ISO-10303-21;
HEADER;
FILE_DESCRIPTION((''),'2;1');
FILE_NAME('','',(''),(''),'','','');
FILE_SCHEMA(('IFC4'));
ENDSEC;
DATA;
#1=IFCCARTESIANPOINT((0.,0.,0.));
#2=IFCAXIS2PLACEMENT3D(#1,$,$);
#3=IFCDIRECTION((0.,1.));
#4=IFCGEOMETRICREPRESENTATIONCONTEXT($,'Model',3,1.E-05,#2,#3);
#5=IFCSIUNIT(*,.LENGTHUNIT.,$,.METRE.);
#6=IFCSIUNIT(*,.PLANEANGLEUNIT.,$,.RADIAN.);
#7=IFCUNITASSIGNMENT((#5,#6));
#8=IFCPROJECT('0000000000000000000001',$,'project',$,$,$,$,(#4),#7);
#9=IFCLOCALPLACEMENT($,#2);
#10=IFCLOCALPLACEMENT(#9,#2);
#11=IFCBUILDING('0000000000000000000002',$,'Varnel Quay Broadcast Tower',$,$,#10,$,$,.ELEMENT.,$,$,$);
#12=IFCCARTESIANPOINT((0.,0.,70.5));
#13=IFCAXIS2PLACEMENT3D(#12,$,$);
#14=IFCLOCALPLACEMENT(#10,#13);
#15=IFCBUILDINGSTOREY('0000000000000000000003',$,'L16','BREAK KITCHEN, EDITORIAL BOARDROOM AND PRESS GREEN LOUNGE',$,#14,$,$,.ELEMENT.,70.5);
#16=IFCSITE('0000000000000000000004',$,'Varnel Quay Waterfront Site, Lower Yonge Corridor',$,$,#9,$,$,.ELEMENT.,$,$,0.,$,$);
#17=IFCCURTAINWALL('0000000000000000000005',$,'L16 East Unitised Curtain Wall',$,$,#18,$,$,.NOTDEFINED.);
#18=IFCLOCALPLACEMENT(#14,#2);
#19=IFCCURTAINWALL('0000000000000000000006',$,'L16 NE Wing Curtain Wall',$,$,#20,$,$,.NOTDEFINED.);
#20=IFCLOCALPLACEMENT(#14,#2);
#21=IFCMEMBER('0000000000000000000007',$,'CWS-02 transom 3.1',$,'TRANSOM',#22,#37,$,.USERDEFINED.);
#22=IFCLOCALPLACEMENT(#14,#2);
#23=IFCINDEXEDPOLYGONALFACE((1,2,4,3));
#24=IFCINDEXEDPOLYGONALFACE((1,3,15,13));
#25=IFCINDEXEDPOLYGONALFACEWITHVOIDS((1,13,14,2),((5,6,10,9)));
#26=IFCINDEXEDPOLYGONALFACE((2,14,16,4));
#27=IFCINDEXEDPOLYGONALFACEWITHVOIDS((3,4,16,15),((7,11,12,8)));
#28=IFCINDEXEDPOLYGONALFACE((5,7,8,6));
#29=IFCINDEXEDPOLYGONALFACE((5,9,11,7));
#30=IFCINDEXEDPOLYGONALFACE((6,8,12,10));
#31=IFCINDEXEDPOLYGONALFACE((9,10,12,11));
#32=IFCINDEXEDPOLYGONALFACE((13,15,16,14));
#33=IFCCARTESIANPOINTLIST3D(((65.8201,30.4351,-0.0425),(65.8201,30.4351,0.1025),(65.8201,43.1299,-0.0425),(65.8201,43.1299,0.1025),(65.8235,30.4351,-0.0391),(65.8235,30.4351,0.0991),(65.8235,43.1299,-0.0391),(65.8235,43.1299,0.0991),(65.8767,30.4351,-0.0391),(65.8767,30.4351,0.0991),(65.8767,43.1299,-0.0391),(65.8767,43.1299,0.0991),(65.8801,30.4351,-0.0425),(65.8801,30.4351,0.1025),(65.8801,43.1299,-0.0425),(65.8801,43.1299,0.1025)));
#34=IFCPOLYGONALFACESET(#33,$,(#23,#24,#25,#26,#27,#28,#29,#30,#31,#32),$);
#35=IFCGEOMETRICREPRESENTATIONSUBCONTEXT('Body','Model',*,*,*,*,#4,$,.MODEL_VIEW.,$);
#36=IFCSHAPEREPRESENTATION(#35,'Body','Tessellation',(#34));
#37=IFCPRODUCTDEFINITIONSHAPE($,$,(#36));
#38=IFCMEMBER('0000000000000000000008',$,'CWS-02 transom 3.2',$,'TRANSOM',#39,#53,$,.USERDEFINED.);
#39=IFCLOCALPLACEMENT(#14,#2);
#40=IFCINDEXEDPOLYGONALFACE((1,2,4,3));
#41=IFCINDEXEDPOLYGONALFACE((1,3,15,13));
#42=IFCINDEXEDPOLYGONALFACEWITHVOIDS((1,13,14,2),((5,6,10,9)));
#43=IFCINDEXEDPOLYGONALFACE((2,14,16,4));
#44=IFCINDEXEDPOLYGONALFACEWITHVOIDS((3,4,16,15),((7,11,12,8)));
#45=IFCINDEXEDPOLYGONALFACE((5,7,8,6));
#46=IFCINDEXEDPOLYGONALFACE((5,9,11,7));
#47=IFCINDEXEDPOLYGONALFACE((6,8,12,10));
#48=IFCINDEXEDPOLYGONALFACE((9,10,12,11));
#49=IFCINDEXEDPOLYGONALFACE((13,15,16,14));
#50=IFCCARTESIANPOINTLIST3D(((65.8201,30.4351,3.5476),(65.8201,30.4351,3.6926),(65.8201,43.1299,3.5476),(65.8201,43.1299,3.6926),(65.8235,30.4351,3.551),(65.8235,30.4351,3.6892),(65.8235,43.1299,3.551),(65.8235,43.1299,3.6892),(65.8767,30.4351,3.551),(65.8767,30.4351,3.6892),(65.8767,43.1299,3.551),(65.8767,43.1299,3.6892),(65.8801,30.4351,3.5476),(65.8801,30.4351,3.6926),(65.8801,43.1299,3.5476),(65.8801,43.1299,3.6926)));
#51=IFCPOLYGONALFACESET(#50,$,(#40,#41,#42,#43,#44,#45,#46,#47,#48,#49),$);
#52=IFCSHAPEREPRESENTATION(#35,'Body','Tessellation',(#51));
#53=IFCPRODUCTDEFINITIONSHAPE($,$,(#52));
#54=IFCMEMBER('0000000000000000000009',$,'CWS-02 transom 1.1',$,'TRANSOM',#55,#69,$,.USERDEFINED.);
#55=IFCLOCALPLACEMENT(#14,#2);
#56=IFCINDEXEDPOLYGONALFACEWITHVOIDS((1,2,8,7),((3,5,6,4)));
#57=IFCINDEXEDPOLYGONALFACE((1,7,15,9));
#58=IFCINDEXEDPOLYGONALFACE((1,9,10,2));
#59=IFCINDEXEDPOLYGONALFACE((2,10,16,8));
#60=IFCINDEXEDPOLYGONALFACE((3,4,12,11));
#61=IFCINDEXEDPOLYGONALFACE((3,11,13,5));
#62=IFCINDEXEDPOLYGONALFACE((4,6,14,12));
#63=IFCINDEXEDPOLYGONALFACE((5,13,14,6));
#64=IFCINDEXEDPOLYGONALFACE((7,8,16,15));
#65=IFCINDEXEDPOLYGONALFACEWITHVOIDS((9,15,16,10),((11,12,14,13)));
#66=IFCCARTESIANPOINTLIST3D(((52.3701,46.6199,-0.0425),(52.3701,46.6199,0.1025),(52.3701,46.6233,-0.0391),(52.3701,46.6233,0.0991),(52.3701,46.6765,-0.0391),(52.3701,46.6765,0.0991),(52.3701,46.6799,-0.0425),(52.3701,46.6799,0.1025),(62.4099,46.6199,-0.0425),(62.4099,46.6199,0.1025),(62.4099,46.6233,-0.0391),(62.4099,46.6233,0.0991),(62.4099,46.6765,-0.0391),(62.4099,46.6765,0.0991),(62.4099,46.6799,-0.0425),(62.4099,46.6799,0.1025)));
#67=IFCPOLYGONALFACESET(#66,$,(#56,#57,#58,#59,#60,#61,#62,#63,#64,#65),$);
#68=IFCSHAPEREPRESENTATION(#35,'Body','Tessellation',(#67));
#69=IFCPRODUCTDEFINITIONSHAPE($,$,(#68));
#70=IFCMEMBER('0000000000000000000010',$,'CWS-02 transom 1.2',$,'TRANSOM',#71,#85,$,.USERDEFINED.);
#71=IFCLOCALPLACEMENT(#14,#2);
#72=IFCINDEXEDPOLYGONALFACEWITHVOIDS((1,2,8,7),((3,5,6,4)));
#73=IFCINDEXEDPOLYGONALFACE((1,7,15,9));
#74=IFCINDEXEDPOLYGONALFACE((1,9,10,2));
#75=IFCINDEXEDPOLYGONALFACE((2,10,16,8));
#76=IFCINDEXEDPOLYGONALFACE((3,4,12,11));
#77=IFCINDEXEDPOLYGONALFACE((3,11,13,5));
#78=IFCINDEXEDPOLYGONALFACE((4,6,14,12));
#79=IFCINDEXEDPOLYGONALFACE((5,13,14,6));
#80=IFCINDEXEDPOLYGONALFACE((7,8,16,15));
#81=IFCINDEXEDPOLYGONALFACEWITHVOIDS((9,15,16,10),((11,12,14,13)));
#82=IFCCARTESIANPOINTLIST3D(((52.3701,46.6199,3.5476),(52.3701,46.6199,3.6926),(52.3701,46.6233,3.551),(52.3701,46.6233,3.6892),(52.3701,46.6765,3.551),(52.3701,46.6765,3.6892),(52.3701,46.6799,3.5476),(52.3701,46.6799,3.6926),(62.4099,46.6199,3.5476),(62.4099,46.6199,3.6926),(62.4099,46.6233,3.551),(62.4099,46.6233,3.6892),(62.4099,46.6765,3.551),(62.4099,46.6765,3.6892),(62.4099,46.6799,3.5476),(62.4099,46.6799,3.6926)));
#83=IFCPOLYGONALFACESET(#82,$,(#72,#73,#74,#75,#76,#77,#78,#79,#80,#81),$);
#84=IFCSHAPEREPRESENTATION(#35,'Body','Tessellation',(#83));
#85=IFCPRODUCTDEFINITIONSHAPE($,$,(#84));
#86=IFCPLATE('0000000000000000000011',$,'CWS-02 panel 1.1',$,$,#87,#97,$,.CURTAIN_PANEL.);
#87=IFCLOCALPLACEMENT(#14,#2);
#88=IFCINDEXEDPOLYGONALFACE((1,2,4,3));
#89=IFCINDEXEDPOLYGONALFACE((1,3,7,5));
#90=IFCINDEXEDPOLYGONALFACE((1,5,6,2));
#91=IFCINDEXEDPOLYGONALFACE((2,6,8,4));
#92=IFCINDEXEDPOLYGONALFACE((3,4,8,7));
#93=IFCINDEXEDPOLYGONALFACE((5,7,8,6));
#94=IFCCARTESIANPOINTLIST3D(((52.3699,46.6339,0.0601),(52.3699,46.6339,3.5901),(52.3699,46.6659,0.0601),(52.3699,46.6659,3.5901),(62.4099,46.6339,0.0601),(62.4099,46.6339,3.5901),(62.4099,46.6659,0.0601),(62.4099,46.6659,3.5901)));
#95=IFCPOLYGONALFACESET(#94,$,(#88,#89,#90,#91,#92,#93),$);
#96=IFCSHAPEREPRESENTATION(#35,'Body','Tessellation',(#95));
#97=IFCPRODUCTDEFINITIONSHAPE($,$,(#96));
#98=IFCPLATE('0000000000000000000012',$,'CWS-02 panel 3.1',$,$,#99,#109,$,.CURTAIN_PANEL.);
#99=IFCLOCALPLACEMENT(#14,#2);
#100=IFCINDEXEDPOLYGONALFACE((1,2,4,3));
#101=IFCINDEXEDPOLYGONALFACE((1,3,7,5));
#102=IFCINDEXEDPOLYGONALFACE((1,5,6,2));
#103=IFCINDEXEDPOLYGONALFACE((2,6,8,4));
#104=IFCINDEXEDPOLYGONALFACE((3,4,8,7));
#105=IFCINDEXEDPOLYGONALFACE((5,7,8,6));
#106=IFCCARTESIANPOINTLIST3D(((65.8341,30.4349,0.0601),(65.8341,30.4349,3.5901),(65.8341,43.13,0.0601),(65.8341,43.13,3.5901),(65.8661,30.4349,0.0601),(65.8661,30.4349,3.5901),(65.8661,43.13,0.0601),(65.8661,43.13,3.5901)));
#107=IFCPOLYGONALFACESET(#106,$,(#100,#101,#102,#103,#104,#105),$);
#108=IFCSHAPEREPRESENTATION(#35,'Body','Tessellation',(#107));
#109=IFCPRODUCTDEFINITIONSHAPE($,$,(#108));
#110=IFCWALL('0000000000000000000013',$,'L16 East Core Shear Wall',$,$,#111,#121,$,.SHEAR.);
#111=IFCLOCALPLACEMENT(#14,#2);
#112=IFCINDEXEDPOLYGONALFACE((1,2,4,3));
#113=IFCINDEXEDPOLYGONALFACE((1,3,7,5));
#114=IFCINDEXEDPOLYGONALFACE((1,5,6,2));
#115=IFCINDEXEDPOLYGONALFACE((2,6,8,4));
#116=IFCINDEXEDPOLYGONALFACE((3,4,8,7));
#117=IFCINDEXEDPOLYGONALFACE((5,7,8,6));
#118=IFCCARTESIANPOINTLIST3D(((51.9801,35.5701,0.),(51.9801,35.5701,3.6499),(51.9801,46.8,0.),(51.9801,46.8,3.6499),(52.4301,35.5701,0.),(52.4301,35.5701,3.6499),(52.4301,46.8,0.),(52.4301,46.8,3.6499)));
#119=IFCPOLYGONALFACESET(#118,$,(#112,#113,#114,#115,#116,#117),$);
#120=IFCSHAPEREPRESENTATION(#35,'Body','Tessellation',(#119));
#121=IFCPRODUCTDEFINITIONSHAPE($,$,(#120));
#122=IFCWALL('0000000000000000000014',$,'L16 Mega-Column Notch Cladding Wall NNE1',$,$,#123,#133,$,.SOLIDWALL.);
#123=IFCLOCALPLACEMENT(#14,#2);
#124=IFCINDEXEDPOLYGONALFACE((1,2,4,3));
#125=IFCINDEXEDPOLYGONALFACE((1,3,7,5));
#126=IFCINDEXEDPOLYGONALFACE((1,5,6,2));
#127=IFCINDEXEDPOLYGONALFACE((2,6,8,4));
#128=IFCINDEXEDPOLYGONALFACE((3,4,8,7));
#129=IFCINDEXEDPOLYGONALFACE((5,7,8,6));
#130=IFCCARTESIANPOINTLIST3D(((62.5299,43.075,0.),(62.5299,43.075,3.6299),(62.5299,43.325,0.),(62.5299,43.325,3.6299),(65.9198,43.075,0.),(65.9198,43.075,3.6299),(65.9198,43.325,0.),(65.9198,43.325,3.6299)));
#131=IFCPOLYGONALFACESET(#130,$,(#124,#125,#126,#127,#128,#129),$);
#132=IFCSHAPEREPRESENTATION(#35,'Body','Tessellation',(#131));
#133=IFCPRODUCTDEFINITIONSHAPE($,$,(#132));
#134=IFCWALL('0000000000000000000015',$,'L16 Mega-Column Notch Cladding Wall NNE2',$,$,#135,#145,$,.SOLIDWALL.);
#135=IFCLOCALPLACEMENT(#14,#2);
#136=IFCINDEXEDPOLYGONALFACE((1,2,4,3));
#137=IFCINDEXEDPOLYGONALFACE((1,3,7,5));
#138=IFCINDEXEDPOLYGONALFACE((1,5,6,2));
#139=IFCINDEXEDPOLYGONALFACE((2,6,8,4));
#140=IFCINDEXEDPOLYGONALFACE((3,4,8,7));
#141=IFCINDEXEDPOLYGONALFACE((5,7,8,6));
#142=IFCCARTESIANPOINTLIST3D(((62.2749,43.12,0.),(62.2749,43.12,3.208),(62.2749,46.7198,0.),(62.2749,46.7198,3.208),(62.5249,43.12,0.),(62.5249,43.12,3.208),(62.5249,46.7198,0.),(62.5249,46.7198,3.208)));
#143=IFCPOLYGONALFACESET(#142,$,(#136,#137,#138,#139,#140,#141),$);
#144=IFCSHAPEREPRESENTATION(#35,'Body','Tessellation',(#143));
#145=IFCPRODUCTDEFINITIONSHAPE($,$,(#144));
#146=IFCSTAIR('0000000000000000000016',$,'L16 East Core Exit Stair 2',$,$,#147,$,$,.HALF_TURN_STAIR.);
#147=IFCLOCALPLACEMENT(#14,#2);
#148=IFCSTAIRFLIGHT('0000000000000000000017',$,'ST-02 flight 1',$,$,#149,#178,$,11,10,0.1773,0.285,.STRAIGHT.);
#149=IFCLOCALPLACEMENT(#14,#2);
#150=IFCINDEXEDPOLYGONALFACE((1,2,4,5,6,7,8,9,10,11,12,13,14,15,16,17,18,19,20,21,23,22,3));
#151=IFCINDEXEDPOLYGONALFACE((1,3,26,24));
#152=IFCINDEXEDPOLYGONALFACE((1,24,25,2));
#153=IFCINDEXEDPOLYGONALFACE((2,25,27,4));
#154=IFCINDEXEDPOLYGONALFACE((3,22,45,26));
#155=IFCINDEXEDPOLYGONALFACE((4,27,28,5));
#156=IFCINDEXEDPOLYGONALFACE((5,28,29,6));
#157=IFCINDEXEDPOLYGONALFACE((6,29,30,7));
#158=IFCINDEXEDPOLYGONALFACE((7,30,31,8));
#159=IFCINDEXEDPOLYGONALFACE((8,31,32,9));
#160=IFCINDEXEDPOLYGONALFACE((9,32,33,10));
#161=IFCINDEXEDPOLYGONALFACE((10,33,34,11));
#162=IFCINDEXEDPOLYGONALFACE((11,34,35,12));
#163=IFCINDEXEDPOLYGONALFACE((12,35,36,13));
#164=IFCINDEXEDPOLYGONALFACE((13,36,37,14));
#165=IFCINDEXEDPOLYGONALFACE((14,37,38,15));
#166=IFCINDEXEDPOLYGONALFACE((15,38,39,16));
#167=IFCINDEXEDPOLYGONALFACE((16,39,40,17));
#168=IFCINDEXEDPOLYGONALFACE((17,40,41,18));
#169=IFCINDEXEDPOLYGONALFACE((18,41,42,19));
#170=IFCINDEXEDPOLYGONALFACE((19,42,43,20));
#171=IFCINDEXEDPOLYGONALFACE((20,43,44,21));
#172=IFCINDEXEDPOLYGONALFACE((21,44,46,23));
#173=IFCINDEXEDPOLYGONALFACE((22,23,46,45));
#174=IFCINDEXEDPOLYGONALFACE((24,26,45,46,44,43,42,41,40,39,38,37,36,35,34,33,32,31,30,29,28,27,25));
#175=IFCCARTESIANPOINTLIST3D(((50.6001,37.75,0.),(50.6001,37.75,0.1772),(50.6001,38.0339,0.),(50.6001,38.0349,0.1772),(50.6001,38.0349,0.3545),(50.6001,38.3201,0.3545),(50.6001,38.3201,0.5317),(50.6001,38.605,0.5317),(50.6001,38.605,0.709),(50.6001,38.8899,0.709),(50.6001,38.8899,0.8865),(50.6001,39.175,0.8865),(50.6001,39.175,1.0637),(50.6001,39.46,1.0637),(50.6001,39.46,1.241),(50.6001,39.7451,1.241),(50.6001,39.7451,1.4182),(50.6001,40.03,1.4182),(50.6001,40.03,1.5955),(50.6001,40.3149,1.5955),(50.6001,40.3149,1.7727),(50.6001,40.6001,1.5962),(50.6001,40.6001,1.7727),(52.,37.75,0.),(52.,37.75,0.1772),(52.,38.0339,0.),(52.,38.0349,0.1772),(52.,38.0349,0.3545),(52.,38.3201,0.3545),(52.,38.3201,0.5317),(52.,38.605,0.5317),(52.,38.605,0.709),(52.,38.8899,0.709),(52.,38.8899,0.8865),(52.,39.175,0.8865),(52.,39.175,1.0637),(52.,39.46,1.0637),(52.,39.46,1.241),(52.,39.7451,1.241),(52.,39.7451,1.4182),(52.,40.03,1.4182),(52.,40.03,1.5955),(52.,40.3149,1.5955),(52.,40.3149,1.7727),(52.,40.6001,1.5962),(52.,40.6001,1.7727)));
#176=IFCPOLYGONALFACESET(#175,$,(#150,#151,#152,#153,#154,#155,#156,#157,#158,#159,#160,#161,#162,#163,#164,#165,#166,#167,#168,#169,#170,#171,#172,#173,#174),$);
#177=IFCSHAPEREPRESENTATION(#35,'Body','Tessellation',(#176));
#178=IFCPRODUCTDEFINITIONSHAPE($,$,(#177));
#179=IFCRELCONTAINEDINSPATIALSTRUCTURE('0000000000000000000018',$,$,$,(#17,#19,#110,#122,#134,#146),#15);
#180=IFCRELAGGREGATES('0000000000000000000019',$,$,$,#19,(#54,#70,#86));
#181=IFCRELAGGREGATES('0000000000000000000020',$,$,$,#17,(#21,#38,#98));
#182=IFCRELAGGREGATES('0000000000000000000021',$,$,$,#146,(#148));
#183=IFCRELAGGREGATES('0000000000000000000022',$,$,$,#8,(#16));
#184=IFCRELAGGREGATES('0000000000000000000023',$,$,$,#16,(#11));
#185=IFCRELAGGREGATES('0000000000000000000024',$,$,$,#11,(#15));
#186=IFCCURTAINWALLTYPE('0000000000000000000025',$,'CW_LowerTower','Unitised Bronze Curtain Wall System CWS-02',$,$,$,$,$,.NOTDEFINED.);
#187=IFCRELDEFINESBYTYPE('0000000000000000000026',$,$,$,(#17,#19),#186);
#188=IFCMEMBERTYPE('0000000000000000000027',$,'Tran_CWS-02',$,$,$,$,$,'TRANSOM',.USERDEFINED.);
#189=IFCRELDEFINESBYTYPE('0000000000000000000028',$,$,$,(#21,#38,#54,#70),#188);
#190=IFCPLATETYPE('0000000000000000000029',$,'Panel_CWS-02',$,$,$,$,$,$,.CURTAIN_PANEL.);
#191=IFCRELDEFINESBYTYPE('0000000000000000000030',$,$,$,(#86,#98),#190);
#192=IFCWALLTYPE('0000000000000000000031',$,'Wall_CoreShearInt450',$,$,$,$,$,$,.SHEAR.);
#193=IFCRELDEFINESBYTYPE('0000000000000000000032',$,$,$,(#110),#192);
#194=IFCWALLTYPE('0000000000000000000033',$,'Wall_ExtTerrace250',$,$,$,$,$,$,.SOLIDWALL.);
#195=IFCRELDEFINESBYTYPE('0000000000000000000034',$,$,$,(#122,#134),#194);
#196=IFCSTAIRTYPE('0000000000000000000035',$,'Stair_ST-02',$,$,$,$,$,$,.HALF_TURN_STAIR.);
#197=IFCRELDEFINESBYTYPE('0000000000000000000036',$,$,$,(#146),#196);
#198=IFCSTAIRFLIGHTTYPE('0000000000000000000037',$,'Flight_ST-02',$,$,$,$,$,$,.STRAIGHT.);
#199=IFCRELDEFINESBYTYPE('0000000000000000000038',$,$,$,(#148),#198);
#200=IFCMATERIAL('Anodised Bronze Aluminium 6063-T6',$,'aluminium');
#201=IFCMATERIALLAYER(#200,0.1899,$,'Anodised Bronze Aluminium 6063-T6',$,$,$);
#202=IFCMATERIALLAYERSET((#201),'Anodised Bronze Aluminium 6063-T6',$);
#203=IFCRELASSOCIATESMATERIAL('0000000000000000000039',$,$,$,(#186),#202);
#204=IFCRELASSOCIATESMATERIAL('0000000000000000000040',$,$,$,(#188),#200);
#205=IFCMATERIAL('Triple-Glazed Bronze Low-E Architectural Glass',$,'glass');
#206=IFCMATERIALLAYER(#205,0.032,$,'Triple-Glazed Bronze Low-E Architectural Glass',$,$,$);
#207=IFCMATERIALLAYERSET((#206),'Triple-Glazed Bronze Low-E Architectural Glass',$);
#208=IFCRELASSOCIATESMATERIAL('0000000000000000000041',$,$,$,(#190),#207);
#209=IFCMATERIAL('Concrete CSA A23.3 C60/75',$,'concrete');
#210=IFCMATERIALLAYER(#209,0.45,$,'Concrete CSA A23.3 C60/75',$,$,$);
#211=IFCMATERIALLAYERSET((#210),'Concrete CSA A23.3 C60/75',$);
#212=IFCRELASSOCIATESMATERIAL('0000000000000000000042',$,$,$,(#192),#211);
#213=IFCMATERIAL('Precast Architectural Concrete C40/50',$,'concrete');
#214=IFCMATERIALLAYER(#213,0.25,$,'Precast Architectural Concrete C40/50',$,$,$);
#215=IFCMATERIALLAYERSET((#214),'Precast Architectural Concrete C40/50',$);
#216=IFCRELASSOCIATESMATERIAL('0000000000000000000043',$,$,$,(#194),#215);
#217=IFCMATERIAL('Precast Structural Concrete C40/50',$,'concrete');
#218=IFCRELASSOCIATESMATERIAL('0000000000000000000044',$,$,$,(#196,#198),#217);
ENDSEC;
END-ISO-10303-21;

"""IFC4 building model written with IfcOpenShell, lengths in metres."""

from ifc_helpers import new_model, si_unit, direction, frame, frame_2d, origin, origin_2d, place, context, subcontext, project, spatial, polyline, rectangle, hollow_rectangle, outline, extrude, source, transform, mapped, material, layer, layer_set, material_profile, profile_set, type_object, type_shapes, element, aggregate, save


model = new_model("IFC4")

# Units and contexts
model_context = context("Model", 3, precision=1e-05, world=origin(), true_north=direction((0.0, 1.0)))
body_context = subcontext(model_context, "Body", "Model", "MODEL_VIEW")
ifc_project = project(units=[si_unit("LENGTHUNIT", "METRE"), si_unit("PLANEANGLEUNIT", "RADIAN")], contexts=[model_context])

# Site, building, storey
site_placement = place(None, origin())
site = spatial("IfcSite", under=ifc_project, at=site_placement, Name="Varnel Quay Waterfront Site, Lower Yonge Corridor", CompositionType="ELEMENT", RefElevation=0.0)
building_placement = place(site_placement, origin())
building = spatial("IfcBuilding", under=site, at=building_placement, Name="Varnel Quay Broadcast Tower", CompositionType="ELEMENT")
storey_placement = place(building_placement, frame((0.0, 0.0, 70.5)))
storey = spatial("IfcBuildingStorey", under=building, at=storey_placement, Name="L16", Description="BREAK KITCHEN, EDITORIAL BOARDROOM AND PRESS GREEN LOUNGE", CompositionType="ELEMENT", Elevation=70.5)

# Curtain walls
ifc_material_1 = material(Name="Anodised Bronze Aluminium 6063-T6", Category="aluminium")
ifc_layer_1 = layer(ifc_material_1, 0.1899, Name="Anodised Bronze Aluminium 6063-T6")
ifc_layer_set_1 = layer_set([ifc_layer_1], Name="Anodised Bronze Aluminium 6063-T6")
curtain_wall_type = type_object("IfcCurtainWallType", Name="CW_LowerTower", Description="Unitised Bronze Curtain Wall System CWS-02", PredefinedType="NOTDEFINED", material=ifc_layer_set_1)
curtain_wall_1_placement = place(storey_placement, origin())
curtain_wall_1 = element("IfcCurtainWall", 1, at=curtain_wall_1_placement, inside=storey, type_object=curtain_wall_type, Name="L16 East Unitised Curtain Wall", PredefinedType="NOTDEFINED")
curtain_wall_2_placement = place(storey_placement, origin())
curtain_wall_2 = element("IfcCurtainWall", 2, at=curtain_wall_2_placement, inside=storey, type_object=curtain_wall_type, Name="L16 NE Wing Curtain Wall", PredefinedType="NOTDEFINED")

# Members
ifc_material_profile_1 = material_profile(ifc_material_1, hollow_rectangle(XDim=0.0601, YDim=0.145, WallThickness=0.0034, at=origin_2d()), Name="ALU60X145X3.5")
ifc_profile_set_1 = profile_set([ifc_material_profile_1], Name="Anodised Bronze Aluminium 6063-T6")
member_type_1 = type_object("IfcMemberType", Name="Tran_CWS-02", ElementType="TRANSOM", PredefinedType="USERDEFINED", material=ifc_profile_set_1)
shared_shape_1 = source(origin(), body_context, "Body", "SweptSolid", [
    extrude(hollow_rectangle(XDim=0.0601, YDim=0.145, WallThickness=0.0034, at=origin_2d()), origin(), (0.0, 0.0, 1.0), 12.6948),
])
member_1_placement = place(storey_placement, frame((65.8501, 30.4351, 0.03), z_axis=(0.0, 1.0, 0.0), x_axis=(-1.0, 0.0, 0.0)))
member_1 = element("IfcMember", 3, at=member_1_placement, type_object=member_type_1, Name="CWS-02 transom 3.1", ObjectType="TRANSOM", PredefinedType="USERDEFINED", context=body_context, shape_type="MappedRepresentation", body=[
    mapped(shared_shape_1, transform((0.0, 0.0, 0.0), x_axis=(1.0, 0.0, 0.0), y_axis=(0.0, 1.0, 0.0), z_axis=(0.0, 0.0, 1.0), scale=1.0)),
])
member_2_placement = place(storey_placement, frame((65.8501, 30.4351, 3.6201), z_axis=(0.0, 1.0, 0.0), x_axis=(-1.0, 0.0, 0.0)))
member_2 = element("IfcMember", 4, at=member_2_placement, type_object=member_type_1, Name="CWS-02 transom 3.2", ObjectType="TRANSOM", PredefinedType="USERDEFINED", context=body_context, shape_type="MappedRepresentation", body=[
    mapped(shared_shape_1, transform((0.0, 0.0, 0.0), x_axis=(1.0, 0.0, 0.0), y_axis=(0.0, 1.0, 0.0), z_axis=(0.0, 0.0, 1.0), scale=1.0)),
])
shared_shape_2 = source(origin(), body_context, "Body", "SweptSolid", [
    extrude(hollow_rectangle(XDim=0.0601, YDim=0.145, WallThickness=0.0034, at=origin_2d()), origin(), (0.0, 0.0, 1.0), 10.0398),
])
type_shapes(member_type_1, [shared_shape_1, shared_shape_2])
member_3_placement = place(storey_placement, frame((52.3701, 46.6499, 0.03), z_axis=(1.0, 0.0, 0.0), x_axis=(0.0, 1.0, 0.0)))
member_3 = element("IfcMember", 5, at=member_3_placement, type_object=member_type_1, Name="CWS-02 transom 1.1", ObjectType="TRANSOM", PredefinedType="USERDEFINED", context=body_context, shape_type="MappedRepresentation", body=[
    mapped(shared_shape_2, transform((0.0, 0.0, 0.0), x_axis=(1.0, 0.0, 0.0), y_axis=(0.0, 1.0, 0.0), z_axis=(0.0, 0.0, 1.0), scale=1.0)),
])
member_4_placement = place(storey_placement, frame((52.3701, 46.6499, 3.6201), z_axis=(1.0, 0.0, 0.0), x_axis=(0.0, 1.0, 0.0)))
member_4 = element("IfcMember", 6, at=member_4_placement, type_object=member_type_1, Name="CWS-02 transom 1.2", ObjectType="TRANSOM", PredefinedType="USERDEFINED", context=body_context, shape_type="MappedRepresentation", body=[
    mapped(shared_shape_2, transform((0.0, 0.0, 0.0), x_axis=(1.0, 0.0, 0.0), y_axis=(0.0, 1.0, 0.0), z_axis=(0.0, 0.0, 1.0), scale=1.0)),
])

# Plates
ifc_material_2 = material(Name="Triple-Glazed Bronze Low-E Architectural Glass", Category="glass")
ifc_layer_2 = layer(ifc_material_2, 0.032, Name="Triple-Glazed Bronze Low-E Architectural Glass")
ifc_layer_set_2 = layer_set([ifc_layer_2], Name="Triple-Glazed Bronze Low-E Architectural Glass")
plate_type = type_object("IfcPlateType", Name="Panel_CWS-02", PredefinedType="CURTAIN_PANEL", material=ifc_layer_set_2)
shared_shape_3 = source(origin(), body_context, "Body", "SweptSolid", [
    extrude(rectangle(XDim=10.04, YDim=0.032, at=origin_2d()), origin(), (0.0, 0.0, 1.0), 3.53),
])
plate_1_placement = place(storey_placement, frame((57.3899, 46.6499, 0.0601), z_axis=(0.0, 0.0, 1.0), x_axis=(1.0, 0.0, 0.0)))
plate_1 = element("IfcPlate", 7, at=plate_1_placement, type_object=plate_type, Name="CWS-02 panel 1.1", PredefinedType="CURTAIN_PANEL", context=body_context, shape_type="MappedRepresentation", body=[
    mapped(shared_shape_3, transform((0.0, 0.0, 0.0), x_axis=(1.0, 0.0, 0.0), y_axis=(0.0, 1.0, 0.0), z_axis=(0.0, 0.0, 1.0), scale=1.0)),
])
aggregate(curtain_wall_2, [member_3, member_4, plate_1])
shared_shape_4 = source(origin(), body_context, "Body", "SweptSolid", [
    extrude(rectangle(XDim=12.6951, YDim=0.032, at=origin_2d()), origin(), (0.0, 0.0, 1.0), 3.53),
])
type_shapes(plate_type, [shared_shape_3, shared_shape_4])
plate_2_placement = place(storey_placement, frame((65.8501, 36.7825, 0.0601), z_axis=(0.0, 0.0, 1.0), x_axis=(0.0, 1.0, 0.0)))
plate_2 = element("IfcPlate", 8, at=plate_2_placement, type_object=plate_type, Name="CWS-02 panel 3.1", PredefinedType="CURTAIN_PANEL", context=body_context, shape_type="MappedRepresentation", body=[
    mapped(shared_shape_4, transform((0.0, 0.0, 0.0), x_axis=(1.0, 0.0, 0.0), y_axis=(0.0, 1.0, 0.0), z_axis=(0.0, 0.0, 1.0), scale=1.0)),
])
aggregate(curtain_wall_1, [member_1, member_2, plate_2])

# Walls
ifc_material_3 = material(Name="Concrete CSA A23.3 C60/75", Category="concrete")
ifc_layer_3 = layer(ifc_material_3, 0.45, Name="Concrete CSA A23.3 C60/75")
ifc_layer_set_3 = layer_set([ifc_layer_3], Name="Concrete CSA A23.3 C60/75")
wall_type_1 = type_object("IfcWallType", Name="Wall_CoreShearInt450", PredefinedType="SHEAR", material=ifc_layer_set_3)
wall_1_placement = place(storey_placement, frame((52.2051, 35.5701, 0.0), z_axis=(0.0, 0.0, 1.0), x_axis=(0.0, 1.0, 0.0)))
element("IfcWall", 9, at=wall_1_placement, inside=storey, type_object=wall_type_1, Name="L16 East Core Shear Wall", PredefinedType="SHEAR", context=body_context, shape_type="SweptSolid", body=[
    extrude(rectangle(XDim=11.23, YDim=0.45, at=frame_2d((5.615, 0.0))), origin(), (0.0, 0.0, 1.0), 3.6499),
])
ifc_material_4 = material(Name="Precast Architectural Concrete C40/50", Category="concrete")
ifc_layer_4 = layer(ifc_material_4, 0.25, Name="Precast Architectural Concrete C40/50")
ifc_layer_set_4 = layer_set([ifc_layer_4], Name="Precast Architectural Concrete C40/50")
wall_type_2 = type_object("IfcWallType", Name="Wall_ExtTerrace250", PredefinedType="SOLIDWALL", material=ifc_layer_set_4)
wall_2_placement = place(storey_placement, frame((62.53, 43.2, 0.0), z_axis=(0.0, 0.0, 1.0), x_axis=(1.0, 0.0, 0.0)))
element("IfcWall", 10, at=wall_2_placement, inside=storey, type_object=wall_type_2, Name="L16 Mega-Column Notch Cladding Wall NNE1", PredefinedType="SOLIDWALL", context=body_context, shape_type="SweptSolid", body=[
    extrude(rectangle(XDim=3.3899, YDim=0.25, at=frame_2d((1.6948, 0.0))), origin(), (0.0, 0.0, 1.0), 3.6299),
])
wall_3_placement = place(storey_placement, frame((62.3999, 43.1201, 0.0), z_axis=(0.0, 0.0, 1.0), x_axis=(0.0, 1.0, 0.0)))
element("IfcWall", 11, at=wall_3_placement, inside=storey, type_object=wall_type_2, Name="L16 Mega-Column Notch Cladding Wall NNE2", PredefinedType="SOLIDWALL", context=body_context, shape_type="SweptSolid", body=[
    extrude(rectangle(XDim=3.5999, YDim=0.25, at=frame_2d((1.7998, 0.0))), origin(), (0.0, 0.0, 1.0), 3.208),
])

# Stair, stair flight
ifc_material_5 = material(Name="Precast Structural Concrete C40/50", Category="concrete")
stair_type = type_object("IfcStairType", Name="Stair_ST-02", PredefinedType="HALF_TURN_STAIR", material=ifc_material_5)
stair_placement = place(storey_placement, origin())
stair = element("IfcStair", 12, at=stair_placement, inside=storey, type_object=stair_type, Name="L16 East Core Exit Stair 2", PredefinedType="HALF_TURN_STAIR")
stair_flight_type = type_object("IfcStairFlightType", Name="Flight_ST-02", PredefinedType="STRAIGHT", material=ifc_material_5)
stair_flight_1_placement = place(storey_placement, frame((51.3, 37.75, 0.0), z_axis=(0.0, 0.0, 1.0), x_axis=(0.0, 1.0, 0.0)))
stair_flight_1 = element("IfcStairFlight", 13, at=stair_flight_1_placement, type_object=stair_flight_type, Name="ST-02 flight 1", NumberOfRisers=11, NumberOfTreads=10, PredefinedType="STRAIGHT", RiserHeight=0.1773, TreadLength=0.285, context=body_context, shape_type="SweptSolid", body=[
    extrude(outline(polyline([(0.0, 0.0), (0.0, 0.1772), (0.2849, 0.1772), (0.2849, 0.3545), (0.5701, 0.3545), (0.5701, 0.5317), (0.855, 0.5317), (0.855, 0.709), (1.1399, 0.709), (1.1399, 0.8865), (1.425, 0.8865), (1.425, 1.0637), (1.71, 1.0637), (1.71, 1.241), (1.9951, 1.241), (1.9951, 1.4182), (2.28, 1.4182), (2.28, 1.5955), (2.5649, 1.5955), (2.5649, 1.7727), (2.8501, 1.7727), (2.8501, 1.95), (2.8501, 1.5962), (0.2839, 0.0), (0.0, 0.0)])), frame((0.0, 0.7, 0.0), z_axis=(0.0, -1.0, 0.0), x_axis=(1.0, 0.0, 0.0)), (0.0, 0.0, 1.0), 1.3999),
])
aggregate(stair, [stair_flight_1])

save(model, "model.ifc")
